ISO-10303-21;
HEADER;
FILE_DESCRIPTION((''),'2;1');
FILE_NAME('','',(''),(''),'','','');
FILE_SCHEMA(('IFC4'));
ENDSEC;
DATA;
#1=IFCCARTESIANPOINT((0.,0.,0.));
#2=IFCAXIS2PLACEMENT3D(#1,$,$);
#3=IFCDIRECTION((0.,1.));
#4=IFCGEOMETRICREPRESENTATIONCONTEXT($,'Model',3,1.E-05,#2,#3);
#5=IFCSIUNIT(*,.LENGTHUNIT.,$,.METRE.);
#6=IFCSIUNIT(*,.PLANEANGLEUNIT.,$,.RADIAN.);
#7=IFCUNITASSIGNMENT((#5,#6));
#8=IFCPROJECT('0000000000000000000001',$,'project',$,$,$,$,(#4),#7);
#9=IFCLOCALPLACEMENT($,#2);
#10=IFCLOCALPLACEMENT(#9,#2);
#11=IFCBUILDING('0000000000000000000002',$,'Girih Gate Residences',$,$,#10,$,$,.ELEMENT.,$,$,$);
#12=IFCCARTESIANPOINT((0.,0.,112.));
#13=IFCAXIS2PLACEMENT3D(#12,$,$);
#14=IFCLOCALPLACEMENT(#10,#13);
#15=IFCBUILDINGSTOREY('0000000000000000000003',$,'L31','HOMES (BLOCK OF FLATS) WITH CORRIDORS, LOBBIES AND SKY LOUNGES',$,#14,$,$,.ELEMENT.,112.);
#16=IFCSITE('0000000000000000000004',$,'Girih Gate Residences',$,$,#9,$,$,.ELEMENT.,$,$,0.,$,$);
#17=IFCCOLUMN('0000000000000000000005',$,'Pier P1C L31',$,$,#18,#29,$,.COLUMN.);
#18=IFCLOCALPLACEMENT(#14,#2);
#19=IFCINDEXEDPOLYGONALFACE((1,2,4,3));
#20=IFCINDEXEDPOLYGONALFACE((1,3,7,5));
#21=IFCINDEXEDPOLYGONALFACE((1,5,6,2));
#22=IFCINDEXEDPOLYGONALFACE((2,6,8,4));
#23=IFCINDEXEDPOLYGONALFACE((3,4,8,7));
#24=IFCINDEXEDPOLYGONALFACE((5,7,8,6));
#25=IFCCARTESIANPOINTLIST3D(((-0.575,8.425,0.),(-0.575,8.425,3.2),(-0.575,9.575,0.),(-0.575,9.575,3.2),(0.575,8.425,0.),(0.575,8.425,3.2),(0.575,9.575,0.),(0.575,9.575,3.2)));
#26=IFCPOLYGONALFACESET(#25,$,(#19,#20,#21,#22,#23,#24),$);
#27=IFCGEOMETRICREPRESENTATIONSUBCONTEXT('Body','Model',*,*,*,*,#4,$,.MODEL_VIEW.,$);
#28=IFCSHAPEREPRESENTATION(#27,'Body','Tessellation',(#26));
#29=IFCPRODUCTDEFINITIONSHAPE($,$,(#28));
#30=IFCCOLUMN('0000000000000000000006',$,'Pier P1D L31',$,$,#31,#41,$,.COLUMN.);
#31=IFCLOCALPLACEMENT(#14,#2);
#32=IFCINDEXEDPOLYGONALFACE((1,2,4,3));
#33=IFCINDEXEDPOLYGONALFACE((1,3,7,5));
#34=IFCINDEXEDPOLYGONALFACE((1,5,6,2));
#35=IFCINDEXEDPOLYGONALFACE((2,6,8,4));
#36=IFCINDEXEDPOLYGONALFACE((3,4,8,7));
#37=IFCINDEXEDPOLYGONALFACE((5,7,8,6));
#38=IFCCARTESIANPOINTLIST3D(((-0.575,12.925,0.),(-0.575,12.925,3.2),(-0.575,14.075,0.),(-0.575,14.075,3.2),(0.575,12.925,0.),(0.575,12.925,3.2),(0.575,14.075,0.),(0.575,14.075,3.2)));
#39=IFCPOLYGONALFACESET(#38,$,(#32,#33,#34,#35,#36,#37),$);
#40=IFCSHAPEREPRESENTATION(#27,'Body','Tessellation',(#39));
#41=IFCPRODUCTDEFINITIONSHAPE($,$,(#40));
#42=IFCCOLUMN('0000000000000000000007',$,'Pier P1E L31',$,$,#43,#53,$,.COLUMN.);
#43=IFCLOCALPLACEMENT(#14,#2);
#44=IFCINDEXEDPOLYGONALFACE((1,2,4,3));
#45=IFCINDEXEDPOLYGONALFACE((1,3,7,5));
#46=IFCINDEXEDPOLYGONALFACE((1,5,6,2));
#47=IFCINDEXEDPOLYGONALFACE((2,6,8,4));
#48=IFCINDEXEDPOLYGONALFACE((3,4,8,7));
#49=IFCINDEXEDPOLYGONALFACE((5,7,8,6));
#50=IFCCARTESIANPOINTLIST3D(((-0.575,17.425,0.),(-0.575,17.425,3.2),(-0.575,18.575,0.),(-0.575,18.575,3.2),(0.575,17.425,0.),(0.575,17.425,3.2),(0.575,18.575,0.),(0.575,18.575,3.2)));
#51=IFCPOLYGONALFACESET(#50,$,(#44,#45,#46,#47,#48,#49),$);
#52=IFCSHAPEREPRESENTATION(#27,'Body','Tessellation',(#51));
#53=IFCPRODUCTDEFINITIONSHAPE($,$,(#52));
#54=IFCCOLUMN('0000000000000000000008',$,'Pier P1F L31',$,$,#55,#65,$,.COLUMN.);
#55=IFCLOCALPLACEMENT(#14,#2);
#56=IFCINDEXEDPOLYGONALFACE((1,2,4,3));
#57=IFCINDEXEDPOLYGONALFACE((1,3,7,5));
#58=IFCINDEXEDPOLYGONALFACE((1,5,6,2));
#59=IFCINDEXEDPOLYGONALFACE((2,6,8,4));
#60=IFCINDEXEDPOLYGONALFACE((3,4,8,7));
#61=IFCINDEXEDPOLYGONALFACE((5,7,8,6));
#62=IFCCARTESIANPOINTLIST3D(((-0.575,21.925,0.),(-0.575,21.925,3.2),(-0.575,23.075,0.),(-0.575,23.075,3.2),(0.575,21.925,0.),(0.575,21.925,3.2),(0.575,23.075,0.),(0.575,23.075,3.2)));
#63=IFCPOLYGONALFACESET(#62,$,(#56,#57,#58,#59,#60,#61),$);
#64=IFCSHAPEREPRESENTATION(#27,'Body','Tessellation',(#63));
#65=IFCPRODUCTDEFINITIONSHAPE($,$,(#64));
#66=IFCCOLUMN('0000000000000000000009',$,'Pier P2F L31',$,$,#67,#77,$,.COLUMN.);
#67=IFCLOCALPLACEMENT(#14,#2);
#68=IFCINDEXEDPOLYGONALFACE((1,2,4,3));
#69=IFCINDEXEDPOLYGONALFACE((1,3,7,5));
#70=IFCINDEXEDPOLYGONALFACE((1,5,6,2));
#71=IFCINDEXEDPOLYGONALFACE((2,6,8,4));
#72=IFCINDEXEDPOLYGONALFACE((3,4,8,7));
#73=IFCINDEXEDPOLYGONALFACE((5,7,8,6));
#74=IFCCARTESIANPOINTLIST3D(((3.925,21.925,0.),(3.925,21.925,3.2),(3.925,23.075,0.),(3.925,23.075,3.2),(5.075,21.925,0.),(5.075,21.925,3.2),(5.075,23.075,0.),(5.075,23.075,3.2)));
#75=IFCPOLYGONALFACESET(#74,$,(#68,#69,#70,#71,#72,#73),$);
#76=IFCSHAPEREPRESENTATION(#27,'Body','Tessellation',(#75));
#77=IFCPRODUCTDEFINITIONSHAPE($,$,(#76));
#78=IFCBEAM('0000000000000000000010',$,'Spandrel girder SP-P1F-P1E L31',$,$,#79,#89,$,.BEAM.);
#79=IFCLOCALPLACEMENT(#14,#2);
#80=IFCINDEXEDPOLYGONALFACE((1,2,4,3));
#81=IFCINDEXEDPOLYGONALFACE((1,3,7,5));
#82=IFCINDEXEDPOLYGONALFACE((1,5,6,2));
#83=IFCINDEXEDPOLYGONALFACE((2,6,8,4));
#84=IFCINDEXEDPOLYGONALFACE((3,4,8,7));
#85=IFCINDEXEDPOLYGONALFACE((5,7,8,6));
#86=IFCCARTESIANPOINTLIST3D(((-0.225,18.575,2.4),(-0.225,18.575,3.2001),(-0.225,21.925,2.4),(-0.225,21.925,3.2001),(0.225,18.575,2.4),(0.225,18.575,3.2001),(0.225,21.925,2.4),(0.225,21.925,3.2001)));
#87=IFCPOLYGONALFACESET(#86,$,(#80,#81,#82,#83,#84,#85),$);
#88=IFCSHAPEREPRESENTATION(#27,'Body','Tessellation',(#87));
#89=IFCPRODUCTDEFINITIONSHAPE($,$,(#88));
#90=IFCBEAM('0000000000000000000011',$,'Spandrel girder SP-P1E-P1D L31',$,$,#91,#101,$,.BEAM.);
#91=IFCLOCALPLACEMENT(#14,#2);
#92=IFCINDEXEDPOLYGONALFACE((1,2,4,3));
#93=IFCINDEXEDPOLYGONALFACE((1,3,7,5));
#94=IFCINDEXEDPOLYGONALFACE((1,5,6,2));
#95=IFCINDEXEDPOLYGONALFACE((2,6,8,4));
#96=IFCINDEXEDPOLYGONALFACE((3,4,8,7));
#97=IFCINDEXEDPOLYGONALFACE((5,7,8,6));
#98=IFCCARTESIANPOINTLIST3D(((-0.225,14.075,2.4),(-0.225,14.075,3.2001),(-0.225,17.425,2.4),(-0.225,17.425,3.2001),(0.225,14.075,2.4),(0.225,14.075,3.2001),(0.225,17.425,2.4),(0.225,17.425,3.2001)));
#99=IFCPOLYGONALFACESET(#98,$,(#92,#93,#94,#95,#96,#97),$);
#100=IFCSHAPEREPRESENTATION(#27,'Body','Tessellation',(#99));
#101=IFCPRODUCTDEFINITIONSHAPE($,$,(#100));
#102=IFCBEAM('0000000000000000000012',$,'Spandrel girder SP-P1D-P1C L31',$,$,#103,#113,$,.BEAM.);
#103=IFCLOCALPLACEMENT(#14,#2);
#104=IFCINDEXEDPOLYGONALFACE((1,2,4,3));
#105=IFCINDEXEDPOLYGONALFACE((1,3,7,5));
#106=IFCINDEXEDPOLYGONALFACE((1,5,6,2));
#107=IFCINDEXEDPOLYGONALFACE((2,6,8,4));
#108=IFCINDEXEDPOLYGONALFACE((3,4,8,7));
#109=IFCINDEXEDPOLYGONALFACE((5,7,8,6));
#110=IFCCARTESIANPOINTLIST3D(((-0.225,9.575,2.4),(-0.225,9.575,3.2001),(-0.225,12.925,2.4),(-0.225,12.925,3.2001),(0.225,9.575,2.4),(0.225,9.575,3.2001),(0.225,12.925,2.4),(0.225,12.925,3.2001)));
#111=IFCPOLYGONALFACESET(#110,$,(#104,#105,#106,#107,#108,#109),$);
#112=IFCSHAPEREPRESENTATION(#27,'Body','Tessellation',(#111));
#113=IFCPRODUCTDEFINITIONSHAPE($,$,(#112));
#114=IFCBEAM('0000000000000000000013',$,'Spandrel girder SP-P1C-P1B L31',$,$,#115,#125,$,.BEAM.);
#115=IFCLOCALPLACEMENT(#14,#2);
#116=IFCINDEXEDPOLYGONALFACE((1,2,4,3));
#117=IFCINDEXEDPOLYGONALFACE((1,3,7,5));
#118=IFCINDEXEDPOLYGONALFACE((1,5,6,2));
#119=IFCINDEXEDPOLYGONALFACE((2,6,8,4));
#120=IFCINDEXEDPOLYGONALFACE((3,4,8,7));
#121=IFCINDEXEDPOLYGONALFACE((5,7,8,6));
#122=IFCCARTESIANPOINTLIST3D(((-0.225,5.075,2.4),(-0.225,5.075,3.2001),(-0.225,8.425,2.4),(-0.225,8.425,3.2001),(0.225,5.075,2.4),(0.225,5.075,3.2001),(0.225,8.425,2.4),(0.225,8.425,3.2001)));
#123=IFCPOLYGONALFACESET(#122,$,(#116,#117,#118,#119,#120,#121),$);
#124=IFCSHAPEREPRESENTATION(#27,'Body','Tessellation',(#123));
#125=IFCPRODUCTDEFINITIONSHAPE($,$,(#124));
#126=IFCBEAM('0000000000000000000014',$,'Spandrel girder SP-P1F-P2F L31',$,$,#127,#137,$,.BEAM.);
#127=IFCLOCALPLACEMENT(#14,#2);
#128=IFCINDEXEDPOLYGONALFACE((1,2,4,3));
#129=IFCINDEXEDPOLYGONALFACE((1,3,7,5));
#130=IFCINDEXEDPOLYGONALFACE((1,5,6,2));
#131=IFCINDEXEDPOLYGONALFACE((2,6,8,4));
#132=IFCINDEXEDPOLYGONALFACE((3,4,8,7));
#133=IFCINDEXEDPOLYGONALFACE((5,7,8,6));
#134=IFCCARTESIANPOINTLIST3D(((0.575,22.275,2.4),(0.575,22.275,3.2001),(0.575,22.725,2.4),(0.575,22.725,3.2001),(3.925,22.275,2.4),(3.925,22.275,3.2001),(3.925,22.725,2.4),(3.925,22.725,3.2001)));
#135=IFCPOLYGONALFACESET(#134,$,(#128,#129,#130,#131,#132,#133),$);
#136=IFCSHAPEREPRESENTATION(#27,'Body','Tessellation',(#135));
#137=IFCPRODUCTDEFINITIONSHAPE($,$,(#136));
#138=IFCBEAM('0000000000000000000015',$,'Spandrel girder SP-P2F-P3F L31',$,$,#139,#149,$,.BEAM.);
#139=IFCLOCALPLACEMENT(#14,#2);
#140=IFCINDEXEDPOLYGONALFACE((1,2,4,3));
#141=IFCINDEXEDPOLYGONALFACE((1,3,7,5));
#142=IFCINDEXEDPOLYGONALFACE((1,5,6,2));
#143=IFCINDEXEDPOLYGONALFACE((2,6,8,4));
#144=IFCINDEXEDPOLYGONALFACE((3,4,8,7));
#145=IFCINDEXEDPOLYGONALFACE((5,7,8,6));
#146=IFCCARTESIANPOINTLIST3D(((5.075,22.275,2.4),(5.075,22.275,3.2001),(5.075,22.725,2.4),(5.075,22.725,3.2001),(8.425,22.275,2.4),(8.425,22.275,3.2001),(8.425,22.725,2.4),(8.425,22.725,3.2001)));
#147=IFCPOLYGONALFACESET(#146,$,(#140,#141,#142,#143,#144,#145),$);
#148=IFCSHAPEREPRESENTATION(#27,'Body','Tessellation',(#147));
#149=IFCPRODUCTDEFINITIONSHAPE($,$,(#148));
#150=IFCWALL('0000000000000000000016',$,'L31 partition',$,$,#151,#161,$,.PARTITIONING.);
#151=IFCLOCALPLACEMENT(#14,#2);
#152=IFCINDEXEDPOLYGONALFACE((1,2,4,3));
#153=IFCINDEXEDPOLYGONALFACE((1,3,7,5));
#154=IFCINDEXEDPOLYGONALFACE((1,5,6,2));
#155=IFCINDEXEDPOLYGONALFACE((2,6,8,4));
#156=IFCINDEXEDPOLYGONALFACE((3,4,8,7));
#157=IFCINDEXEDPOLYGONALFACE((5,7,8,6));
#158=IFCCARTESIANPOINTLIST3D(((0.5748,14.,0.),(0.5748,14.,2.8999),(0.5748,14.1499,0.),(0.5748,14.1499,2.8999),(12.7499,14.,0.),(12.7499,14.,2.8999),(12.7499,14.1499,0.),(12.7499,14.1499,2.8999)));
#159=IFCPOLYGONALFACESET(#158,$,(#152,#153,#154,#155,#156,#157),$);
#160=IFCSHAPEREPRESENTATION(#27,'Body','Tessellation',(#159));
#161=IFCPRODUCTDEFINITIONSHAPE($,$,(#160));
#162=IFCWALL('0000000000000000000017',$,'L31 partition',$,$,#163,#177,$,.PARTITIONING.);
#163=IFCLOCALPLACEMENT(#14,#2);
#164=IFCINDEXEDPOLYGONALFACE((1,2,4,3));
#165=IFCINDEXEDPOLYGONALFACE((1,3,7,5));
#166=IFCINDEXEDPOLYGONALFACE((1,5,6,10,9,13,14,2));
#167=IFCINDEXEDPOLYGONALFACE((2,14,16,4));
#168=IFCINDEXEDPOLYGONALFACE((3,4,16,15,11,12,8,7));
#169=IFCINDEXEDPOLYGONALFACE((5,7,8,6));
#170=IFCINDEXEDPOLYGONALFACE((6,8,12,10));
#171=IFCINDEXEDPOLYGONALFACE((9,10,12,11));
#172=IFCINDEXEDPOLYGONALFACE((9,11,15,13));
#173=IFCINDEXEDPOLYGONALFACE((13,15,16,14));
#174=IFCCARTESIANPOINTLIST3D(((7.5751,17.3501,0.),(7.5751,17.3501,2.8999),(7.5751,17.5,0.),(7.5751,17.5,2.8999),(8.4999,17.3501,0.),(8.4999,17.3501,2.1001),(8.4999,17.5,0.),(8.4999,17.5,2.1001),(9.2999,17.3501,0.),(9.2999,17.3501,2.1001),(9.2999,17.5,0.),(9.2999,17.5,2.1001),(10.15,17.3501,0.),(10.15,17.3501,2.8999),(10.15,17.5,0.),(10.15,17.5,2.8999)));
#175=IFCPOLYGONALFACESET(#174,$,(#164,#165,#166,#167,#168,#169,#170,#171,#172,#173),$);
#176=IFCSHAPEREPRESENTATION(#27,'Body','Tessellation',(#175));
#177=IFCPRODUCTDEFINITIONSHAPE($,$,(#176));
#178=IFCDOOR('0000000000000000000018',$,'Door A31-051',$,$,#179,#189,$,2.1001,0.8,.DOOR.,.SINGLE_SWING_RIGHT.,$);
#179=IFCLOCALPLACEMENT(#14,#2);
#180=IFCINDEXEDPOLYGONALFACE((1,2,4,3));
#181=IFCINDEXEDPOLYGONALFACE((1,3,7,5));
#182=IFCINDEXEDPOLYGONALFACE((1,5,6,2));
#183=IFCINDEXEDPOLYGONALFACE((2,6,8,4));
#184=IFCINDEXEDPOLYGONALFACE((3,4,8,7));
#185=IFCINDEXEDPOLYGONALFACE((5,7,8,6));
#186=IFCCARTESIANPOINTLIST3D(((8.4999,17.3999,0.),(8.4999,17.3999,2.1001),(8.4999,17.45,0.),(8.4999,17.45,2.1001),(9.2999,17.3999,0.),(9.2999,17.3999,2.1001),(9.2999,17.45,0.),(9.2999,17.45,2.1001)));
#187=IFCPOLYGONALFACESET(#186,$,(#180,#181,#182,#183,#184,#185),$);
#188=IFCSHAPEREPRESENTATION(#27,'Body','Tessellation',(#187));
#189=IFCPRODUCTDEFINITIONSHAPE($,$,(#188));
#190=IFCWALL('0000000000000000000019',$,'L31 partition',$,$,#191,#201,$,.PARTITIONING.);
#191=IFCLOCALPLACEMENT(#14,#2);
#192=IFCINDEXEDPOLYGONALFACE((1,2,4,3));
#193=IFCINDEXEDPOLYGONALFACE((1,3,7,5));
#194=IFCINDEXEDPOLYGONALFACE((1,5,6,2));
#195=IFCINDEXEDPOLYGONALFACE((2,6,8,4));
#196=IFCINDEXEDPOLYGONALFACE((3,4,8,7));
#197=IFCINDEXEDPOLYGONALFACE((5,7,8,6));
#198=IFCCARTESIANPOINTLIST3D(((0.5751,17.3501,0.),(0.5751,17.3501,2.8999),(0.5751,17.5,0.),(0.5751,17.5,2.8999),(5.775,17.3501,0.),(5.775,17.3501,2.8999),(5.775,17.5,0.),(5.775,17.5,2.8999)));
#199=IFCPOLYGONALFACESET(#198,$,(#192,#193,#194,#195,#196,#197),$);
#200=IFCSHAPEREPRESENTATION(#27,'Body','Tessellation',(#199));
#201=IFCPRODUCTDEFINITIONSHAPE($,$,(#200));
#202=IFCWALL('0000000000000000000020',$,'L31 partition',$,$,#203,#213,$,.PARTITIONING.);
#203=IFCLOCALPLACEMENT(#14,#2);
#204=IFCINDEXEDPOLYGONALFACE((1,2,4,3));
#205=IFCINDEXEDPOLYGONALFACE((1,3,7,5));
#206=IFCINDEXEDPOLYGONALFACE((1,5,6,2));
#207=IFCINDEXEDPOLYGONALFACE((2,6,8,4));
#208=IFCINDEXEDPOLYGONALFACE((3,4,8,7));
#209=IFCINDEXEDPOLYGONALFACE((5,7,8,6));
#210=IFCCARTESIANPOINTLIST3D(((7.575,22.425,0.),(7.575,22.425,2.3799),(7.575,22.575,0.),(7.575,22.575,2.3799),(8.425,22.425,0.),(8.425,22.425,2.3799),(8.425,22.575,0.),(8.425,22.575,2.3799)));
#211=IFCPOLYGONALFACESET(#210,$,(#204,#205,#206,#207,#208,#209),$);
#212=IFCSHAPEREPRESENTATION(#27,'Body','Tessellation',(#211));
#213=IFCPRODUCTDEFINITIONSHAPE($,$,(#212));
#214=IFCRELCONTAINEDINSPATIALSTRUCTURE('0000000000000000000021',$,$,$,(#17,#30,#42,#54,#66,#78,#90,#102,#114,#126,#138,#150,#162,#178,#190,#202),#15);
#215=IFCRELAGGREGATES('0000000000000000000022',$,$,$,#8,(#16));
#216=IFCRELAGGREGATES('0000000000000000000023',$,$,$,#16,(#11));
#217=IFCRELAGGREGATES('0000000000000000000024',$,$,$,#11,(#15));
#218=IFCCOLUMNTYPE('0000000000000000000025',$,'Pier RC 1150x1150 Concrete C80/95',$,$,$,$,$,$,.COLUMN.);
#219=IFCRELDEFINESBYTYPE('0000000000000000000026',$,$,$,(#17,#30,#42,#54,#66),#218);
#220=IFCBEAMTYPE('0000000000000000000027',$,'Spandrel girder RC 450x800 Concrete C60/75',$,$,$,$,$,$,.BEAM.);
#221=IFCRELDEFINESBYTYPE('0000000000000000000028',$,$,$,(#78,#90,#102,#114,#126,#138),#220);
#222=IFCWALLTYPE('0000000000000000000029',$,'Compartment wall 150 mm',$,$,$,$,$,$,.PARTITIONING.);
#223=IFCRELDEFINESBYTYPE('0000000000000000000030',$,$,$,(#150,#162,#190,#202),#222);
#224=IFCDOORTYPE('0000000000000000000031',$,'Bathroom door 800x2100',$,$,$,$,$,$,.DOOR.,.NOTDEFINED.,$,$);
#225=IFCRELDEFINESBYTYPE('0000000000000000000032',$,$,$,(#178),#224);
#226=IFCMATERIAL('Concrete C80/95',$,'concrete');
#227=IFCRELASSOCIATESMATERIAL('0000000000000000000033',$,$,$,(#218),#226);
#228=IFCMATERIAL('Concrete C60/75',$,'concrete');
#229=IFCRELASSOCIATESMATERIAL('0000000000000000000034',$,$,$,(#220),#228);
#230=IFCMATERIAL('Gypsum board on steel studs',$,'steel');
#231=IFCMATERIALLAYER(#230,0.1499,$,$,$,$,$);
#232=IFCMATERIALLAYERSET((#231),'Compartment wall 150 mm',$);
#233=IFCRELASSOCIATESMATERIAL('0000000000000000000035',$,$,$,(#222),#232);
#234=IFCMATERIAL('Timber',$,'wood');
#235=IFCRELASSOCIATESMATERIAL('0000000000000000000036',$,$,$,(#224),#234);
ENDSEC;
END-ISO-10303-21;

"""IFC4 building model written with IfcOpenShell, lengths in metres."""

from ifc_helpers import new_model, si_unit, direction, frame, frame_2d, origin, origin_2d, place, context, subcontext, project, spatial, rectangle, extrude, material, layer, layer_set, material_profile, profile_set, type_object, element, fill, save


model = new_model("IFC4")

# Units and contexts
model_context = context("Model", 3, precision=1e-05, world=origin(), true_north=direction((0.0, 1.0)))
body_context = subcontext(model_context, "Body", "Model", "MODEL_VIEW")
ifc_project = project(units=[si_unit("LENGTHUNIT", "METRE"), si_unit("PLANEANGLEUNIT", "RADIAN")], contexts=[model_context])

# Site, building, storey
site_placement = place(None, origin())
site = spatial("IfcSite", under=ifc_project, at=site_placement, Name="Girih Gate Residences", CompositionType="ELEMENT", RefElevation=0.0)
building_placement = place(site_placement, origin())
building = spatial("IfcBuilding", under=site, at=building_placement, Name="Girih Gate Residences", CompositionType="ELEMENT")
storey_placement = place(building_placement, frame((0.0, 0.0, 112.0)))
storey = spatial("IfcBuildingStorey", under=building, at=storey_placement, Name="L31", Description="HOMES (BLOCK OF FLATS) WITH CORRIDORS, LOBBIES AND SKY LOUNGES", CompositionType="ELEMENT", Elevation=112.0)

# Columns
ifc_material_1 = material(Name="Concrete C80/95", Category="concrete")
ifc_material_profile_1 = material_profile(ifc_material_1, rectangle(XDim=1.1499, YDim=1.1499, at=origin_2d()))
ifc_profile_set_1 = profile_set([ifc_material_profile_1], Name="Concrete C80/95")
column_type = type_object("IfcColumnType", Name="Pier RC 1150x1150 Concrete C80/95", PredefinedType="COLUMN", material=ifc_profile_set_1)
for number, where, z_axis, x_axis, name in (
    (1, (0.0, 9.0, 0.0), (0.0, 0.0, 1.0), (1.0, 0.0, 0.0), "Pier P1C L31"),
    (2, (0.0, 13.5, 0.0), (0.0, 0.0, 1.0), (1.0, 0.0, 0.0), "Pier P1D L31"),
    (3, (0.0, 18.0, 0.0), (0.0, 0.0, 1.0), (1.0, 0.0, 0.0), "Pier P1E L31"),
    (4, (0.0, 22.5, 0.0), (0.0, 0.0, 1.0), (1.0, 0.0, 0.0), "Pier P1F L31"),
    (5, (4.5, 22.5, 0.0), (0.0, 0.0, 1.0), (1.0, 0.0, 0.0), "Pier P2F L31"),
):
    element("IfcColumn", number, at=place(storey_placement, frame(where, z_axis=z_axis, x_axis=x_axis)), inside=storey, type_object=column_type, Name=name, PredefinedType="COLUMN", context=body_context, shape_type="SweptSolid", body=[
        extrude(rectangle(XDim=1.1499, YDim=1.1499, at=origin_2d()), origin(), (0.0, 0.0, 1.0), 3.2),
    ])

# Beams
ifc_material_2 = material(Name="Concrete C60/75", Category="concrete")
ifc_material_profile_2 = material_profile(ifc_material_2, rectangle(XDim=0.45, YDim=0.8, at=origin_2d()))
ifc_profile_set_2 = profile_set([ifc_material_profile_2], Name="Concrete C60/75")
beam_type = type_object("IfcBeamType", Name="Spandrel girder RC 450x800 Concrete C60/75", PredefinedType="BEAM", material=ifc_profile_set_2)
for number, where, z_axis, x_axis, name in (
    (6, (0.0, 21.925, 2.8), (0.0, -1.0, 0.0), (1.0, 0.0, 0.0), "Spandrel girder SP-P1F-P1E L31"),
    (7, (0.0, 17.425, 2.8), (0.0, -1.0, 0.0), (1.0, 0.0, 0.0), "Spandrel girder SP-P1E-P1D L31"),
    (8, (0.0, 12.925, 2.8), (0.0, -1.0, 0.0), (1.0, 0.0, 0.0), "Spandrel girder SP-P1D-P1C L31"),
    (9, (0.0, 8.425, 2.8), (0.0, -1.0, 0.0), (1.0, 0.0, 0.0), "Spandrel girder SP-P1C-P1B L31"),
    (10, (0.575, 22.5, 2.8), (1.0, 0.0, 0.0), (0.0, 1.0, 0.0), "Spandrel girder SP-P1F-P2F L31"),
    (11, (5.075, 22.5, 2.8), (1.0, 0.0, 0.0), (0.0, 1.0, 0.0), "Spandrel girder SP-P2F-P3F L31"),
):
    element("IfcBeam", number, at=place(storey_placement, frame(where, z_axis=z_axis, x_axis=x_axis)), inside=storey, type_object=beam_type, Name=name, PredefinedType="BEAM", context=body_context, shape_type="SweptSolid", body=[
        extrude(rectangle(XDim=0.45, YDim=0.8, at=origin_2d()), origin(), (0.0, 0.0, 1.0), 3.3501),
    ])

# Wall
ifc_material_3 = material(Name="Gypsum board on steel studs", Category="steel")
ifc_layer_1 = layer(ifc_material_3, 0.1499)
ifc_layer_set_1 = layer_set([ifc_layer_1], Name="Compartment wall 150 mm")
wall_type_1 = type_object("IfcWallType", Name="Compartment wall 150 mm", PredefinedType="PARTITIONING", material=ifc_layer_set_1)
wall_1_placement = place(storey_placement, frame((0.575, 14.075, 0.0), z_axis=(0.0, 0.0, 1.0), x_axis=(1.0, 0.0, 0.0)))
element("IfcWall", 12, at=wall_1_placement, inside=storey, type_object=wall_type_1, Name="L31 partition", PredefinedType="PARTITIONING", context=body_context, shape_type="SweptSolid", body=[
    extrude(rectangle(XDim=12.175, YDim=0.1499, at=frame_2d((6.0874, 0.0))), origin(), (0.0, 0.0, 1.0), 2.8999),
])

# Wall, opening, door
wall_2_placement = place(storey_placement, frame((7.575, 17.425, 0.0), z_axis=(0.0, 0.0, 1.0), x_axis=(1.0, 0.0, 0.0)))
wall_2 = element("IfcWall", 13, at=wall_2_placement, inside=storey, type_object=wall_type_1, Name="L31 partition", PredefinedType="PARTITIONING", context=body_context, shape_type="SweptSolid", body=[
    extrude(rectangle(XDim=2.575, YDim=0.1499, at=frame_2d((1.2876, 0.0))), origin(), (0.0, 0.0, 1.0), 2.8999),
])
opening_1_placement = place(wall_2_placement, frame((0.925, 0.0, 0.0)))
opening_1 = element("IfcOpeningElement", 14, at=opening_1_placement, cuts=wall_2, PredefinedType="OPENING", context=body_context, shape_type="SweptSolid", body=[
    extrude(rectangle(XDim=0.8, YDim=2.1001, at=frame_2d((0.3999, 1.05))), frame((0.0, 0.085, 0.0), z_axis=(0.0, -1.0, 0.0), x_axis=(1.0, 0.0, 0.0)), (0.0, 0.0, 1.0), 0.1699),
])
ifc_material_4 = material(Name="Timber", Category="wood")
door_type_1 = type_object("IfcDoorType", Name="Bathroom door 800x2100", OperationType="NOTDEFINED", PredefinedType="DOOR", material=ifc_material_4)
door_1_placement = place(opening_1_placement, origin())
door_1 = element("IfcDoor", 15, at=door_1_placement, inside=storey, type_object=door_type_1, Name="Door A31-051", OperationType="SINGLE_SWING_RIGHT", OverallHeight=2.1001, OverallWidth=0.8, PredefinedType="DOOR", context=body_context, shape_type="SweptSolid", body=[
    extrude(rectangle(XDim=0.8, YDim=2.1001, at=frame_2d((0.3999, 1.05))), frame((0.0, 0.0249, 0.0), z_axis=(0.0, -1.0, 0.0), x_axis=(1.0, 0.0, 0.0)), (0.0, 0.0, 1.0), 0.05),
])
fill(opening_1, door_1)

# Walls
wall_3_placement = place(storey_placement, frame((0.575, 17.425, 0.0), z_axis=(0.0, 0.0, 1.0), x_axis=(1.0, 0.0, 0.0)))
element("IfcWall", 16, at=wall_3_placement, inside=storey, type_object=wall_type_1, Name="L31 partition", PredefinedType="PARTITIONING", context=body_context, shape_type="SweptSolid", body=[
    extrude(rectangle(XDim=5.2, YDim=0.1499, at=frame_2d((2.6001, 0.0))), origin(), (0.0, 0.0, 1.0), 2.8999),
])
wall_4_placement = place(storey_placement, frame((7.575, 22.5, 0.0), z_axis=(0.0, 0.0, 1.0), x_axis=(1.0, 0.0, 0.0)))
element("IfcWall", 17, at=wall_4_placement, inside=storey, type_object=wall_type_1, Name="L31 partition", PredefinedType="PARTITIONING", context=body_context, shape_type="SweptSolid", body=[
    extrude(rectangle(XDim=0.8501, YDim=0.1499, at=frame_2d((0.425, 0.0))), origin(), (0.0, 0.0, 1.0), 2.3799),
])

save(model, "model.ifc")
